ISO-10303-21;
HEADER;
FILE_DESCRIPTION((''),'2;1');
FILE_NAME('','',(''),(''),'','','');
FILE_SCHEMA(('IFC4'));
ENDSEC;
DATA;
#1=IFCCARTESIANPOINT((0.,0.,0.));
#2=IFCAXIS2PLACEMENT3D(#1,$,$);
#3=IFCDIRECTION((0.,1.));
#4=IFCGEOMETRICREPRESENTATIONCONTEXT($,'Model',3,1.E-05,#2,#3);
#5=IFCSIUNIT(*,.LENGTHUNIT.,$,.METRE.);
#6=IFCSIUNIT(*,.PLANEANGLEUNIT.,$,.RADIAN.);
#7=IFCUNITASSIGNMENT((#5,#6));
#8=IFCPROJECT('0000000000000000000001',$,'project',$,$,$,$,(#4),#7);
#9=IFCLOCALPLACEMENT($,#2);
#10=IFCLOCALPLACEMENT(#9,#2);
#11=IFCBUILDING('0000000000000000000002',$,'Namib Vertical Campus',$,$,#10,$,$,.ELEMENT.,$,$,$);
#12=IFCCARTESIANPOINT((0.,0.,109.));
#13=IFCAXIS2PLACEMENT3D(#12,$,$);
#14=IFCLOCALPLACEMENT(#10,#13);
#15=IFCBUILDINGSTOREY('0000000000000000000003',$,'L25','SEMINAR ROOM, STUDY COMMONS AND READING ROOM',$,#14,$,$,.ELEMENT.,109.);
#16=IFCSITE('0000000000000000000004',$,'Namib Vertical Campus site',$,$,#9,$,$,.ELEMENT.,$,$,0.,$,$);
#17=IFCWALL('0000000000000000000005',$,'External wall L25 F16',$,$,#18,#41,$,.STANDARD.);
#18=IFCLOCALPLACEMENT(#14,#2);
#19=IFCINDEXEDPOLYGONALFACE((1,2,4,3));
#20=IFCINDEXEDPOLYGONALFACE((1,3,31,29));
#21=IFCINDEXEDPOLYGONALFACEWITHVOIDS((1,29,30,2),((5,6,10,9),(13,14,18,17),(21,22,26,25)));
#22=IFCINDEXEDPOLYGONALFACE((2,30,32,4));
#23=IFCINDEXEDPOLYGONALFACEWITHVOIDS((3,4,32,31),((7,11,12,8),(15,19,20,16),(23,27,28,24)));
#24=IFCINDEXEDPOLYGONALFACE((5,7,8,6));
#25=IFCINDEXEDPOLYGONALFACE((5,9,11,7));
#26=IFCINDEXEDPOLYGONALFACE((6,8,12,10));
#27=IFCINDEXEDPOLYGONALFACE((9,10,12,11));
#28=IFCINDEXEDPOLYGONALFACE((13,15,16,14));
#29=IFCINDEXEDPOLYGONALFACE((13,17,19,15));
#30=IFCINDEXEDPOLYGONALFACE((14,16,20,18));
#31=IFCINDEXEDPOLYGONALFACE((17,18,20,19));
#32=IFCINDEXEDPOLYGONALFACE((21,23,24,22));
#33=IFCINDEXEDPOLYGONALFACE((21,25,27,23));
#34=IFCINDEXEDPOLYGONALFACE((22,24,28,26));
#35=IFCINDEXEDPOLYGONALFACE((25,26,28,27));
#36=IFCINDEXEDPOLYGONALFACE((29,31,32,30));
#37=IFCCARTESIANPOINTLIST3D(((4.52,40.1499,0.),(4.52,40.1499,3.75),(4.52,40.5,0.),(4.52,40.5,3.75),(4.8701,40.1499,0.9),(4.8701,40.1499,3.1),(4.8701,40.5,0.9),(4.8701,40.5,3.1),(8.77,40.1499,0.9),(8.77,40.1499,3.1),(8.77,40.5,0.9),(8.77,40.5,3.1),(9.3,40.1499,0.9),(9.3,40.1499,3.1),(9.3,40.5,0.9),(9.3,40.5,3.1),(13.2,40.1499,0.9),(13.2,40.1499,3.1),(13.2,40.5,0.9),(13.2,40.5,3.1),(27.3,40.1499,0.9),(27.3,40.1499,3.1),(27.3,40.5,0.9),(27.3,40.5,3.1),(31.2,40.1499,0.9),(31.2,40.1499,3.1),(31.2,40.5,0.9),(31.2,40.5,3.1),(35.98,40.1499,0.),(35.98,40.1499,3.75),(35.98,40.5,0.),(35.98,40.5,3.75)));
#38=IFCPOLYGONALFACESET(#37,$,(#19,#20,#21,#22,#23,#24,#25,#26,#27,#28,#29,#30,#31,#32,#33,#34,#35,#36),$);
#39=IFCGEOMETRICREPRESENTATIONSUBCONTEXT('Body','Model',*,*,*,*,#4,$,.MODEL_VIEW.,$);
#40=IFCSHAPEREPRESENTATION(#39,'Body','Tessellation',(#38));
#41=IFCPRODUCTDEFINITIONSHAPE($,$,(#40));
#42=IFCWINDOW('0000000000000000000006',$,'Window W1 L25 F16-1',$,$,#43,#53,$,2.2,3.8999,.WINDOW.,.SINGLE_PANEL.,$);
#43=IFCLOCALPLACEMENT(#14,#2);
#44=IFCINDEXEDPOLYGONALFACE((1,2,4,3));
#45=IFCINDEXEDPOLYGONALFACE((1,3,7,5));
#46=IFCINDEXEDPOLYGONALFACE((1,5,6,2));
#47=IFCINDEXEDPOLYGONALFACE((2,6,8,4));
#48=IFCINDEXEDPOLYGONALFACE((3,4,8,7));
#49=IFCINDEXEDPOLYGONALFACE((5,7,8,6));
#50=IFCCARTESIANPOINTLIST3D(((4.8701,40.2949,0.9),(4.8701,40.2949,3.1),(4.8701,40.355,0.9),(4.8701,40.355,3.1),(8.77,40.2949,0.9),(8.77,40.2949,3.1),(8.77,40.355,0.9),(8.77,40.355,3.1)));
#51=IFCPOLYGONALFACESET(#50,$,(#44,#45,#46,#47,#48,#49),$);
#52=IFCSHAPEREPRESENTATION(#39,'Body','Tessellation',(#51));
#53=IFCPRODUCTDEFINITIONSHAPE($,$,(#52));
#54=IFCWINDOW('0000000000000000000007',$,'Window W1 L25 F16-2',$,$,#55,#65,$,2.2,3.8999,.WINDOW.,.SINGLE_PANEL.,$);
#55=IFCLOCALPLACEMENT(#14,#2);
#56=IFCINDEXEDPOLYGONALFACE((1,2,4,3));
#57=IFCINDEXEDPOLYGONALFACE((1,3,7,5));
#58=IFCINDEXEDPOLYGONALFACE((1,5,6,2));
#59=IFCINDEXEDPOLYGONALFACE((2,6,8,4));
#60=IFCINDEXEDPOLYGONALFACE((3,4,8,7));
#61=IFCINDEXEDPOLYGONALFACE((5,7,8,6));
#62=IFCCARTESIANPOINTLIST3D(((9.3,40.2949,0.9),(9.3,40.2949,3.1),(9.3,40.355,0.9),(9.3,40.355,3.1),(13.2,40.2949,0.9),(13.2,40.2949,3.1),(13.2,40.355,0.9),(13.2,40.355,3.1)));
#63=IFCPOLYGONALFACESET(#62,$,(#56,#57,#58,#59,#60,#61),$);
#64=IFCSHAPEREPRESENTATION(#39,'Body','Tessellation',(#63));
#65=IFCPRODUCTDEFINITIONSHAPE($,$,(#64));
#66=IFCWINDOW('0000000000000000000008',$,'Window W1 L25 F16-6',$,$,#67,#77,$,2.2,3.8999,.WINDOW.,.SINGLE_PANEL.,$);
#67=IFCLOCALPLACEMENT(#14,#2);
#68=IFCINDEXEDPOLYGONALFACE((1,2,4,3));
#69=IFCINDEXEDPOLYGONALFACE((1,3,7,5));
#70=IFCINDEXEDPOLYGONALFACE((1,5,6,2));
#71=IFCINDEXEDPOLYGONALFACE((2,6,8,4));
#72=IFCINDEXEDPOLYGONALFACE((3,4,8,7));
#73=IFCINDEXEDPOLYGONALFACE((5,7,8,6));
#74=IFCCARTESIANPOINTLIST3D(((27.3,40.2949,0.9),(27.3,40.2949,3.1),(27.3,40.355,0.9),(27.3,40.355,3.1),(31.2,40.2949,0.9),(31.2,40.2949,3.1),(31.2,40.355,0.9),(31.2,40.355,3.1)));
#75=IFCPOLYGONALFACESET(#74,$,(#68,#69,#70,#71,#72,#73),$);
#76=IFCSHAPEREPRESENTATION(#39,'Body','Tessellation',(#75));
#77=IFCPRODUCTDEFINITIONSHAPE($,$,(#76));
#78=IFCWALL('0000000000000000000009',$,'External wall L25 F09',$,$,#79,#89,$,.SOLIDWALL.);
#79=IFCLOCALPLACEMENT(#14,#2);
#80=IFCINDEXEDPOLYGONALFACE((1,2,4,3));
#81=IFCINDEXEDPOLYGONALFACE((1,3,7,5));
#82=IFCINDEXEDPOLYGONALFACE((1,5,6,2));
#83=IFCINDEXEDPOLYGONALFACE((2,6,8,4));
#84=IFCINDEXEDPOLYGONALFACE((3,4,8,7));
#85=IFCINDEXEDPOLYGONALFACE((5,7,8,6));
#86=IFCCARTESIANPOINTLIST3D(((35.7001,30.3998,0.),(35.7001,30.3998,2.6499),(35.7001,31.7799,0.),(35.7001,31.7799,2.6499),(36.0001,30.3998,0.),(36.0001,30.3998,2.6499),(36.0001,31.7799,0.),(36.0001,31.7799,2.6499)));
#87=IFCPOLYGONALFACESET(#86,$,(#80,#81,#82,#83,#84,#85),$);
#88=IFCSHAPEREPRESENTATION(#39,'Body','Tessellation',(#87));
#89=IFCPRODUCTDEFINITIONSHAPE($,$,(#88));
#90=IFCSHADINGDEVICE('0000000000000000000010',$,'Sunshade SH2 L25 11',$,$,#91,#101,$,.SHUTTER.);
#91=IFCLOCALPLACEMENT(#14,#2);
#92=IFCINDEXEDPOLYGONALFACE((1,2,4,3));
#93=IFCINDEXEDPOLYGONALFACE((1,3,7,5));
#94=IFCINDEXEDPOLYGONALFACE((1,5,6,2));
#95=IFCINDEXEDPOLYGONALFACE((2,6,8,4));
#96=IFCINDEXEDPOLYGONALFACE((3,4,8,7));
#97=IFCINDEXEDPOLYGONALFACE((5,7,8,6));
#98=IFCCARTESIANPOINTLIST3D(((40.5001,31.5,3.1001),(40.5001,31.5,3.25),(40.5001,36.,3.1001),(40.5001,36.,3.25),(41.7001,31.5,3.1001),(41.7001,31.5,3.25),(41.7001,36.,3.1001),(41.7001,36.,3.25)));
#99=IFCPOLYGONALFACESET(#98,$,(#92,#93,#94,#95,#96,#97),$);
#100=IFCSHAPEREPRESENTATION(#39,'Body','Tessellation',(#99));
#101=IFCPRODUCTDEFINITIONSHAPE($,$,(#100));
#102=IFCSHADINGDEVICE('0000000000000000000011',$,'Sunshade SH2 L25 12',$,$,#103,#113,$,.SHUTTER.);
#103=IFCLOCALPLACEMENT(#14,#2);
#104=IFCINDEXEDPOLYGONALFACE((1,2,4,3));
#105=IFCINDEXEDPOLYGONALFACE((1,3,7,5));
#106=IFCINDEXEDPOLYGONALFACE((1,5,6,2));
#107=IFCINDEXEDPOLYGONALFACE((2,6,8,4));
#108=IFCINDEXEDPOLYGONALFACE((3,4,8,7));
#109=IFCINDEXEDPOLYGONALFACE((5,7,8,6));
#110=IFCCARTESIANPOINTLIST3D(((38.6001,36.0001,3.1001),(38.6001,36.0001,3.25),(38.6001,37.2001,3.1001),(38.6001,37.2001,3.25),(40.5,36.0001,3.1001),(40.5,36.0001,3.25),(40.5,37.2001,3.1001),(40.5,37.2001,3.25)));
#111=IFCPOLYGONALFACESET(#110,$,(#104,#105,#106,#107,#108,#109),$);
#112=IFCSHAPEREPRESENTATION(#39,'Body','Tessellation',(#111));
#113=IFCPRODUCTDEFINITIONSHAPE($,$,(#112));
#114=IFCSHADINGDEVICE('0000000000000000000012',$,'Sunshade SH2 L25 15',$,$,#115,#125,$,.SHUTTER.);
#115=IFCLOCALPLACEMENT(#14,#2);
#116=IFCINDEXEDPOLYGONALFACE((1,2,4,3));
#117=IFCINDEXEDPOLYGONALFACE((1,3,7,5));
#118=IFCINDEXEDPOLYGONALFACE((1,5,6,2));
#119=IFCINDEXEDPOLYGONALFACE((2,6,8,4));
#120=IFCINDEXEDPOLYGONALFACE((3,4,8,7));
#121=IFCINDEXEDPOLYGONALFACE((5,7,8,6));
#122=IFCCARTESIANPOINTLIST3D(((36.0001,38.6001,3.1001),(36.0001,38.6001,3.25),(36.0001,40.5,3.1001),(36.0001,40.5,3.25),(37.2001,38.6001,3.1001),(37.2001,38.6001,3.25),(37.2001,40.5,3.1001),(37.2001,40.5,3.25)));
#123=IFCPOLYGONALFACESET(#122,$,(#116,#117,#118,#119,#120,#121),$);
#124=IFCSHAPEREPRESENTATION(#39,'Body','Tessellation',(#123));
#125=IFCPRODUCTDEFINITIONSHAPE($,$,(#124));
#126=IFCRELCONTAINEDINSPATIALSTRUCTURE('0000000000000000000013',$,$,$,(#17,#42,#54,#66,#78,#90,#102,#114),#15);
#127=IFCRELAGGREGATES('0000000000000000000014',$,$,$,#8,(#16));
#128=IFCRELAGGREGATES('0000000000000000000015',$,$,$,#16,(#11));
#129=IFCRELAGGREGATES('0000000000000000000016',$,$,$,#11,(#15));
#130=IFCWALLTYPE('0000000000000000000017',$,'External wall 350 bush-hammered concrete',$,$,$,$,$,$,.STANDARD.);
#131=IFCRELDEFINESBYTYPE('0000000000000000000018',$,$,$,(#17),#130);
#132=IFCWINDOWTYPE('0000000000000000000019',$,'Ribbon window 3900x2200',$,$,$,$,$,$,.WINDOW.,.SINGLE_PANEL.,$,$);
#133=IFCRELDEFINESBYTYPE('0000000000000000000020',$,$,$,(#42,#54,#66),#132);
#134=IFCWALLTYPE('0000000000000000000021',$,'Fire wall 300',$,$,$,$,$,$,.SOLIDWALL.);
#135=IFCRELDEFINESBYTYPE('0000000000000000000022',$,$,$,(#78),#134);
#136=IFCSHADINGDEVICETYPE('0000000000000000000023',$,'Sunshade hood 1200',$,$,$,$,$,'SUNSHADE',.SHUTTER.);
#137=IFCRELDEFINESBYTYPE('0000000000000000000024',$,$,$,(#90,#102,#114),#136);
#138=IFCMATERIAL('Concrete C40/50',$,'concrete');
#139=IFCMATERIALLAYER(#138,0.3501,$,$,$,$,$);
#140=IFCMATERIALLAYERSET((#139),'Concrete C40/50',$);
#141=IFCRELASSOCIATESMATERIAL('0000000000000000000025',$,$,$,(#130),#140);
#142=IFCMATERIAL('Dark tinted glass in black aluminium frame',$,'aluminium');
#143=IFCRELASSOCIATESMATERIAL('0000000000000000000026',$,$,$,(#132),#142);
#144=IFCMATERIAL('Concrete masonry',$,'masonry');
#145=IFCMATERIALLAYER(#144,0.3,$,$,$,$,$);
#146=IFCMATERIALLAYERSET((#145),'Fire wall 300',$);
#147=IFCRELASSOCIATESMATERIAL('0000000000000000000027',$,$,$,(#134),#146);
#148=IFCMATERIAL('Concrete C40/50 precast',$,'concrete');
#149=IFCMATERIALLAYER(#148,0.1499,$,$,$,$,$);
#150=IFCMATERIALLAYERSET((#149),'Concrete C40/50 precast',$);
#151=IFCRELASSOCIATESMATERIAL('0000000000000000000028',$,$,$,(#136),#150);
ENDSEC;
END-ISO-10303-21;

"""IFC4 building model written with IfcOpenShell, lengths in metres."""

from ifc_helpers import new_model, si_unit, direction, frame, frame_2d, origin, origin_2d, place, context, subcontext, project, spatial, rectangle, extrude, material, layer, layer_set, type_object, element, fill, save


model = new_model("IFC4")

# Units and contexts
model_context = context("Model", 3, precision=1e-05, world=origin(), true_north=direction((0.0, 1.0)))
body_context = subcontext(model_context, "Body", "Model", "MODEL_VIEW")
ifc_project = project(units=[si_unit("LENGTHUNIT", "METRE"), si_unit("PLANEANGLEUNIT", "RADIAN")], contexts=[model_context])

# Site, building, storey
site_placement = place(None, origin())
site = spatial("IfcSite", under=ifc_project, at=site_placement, Name="Namib Vertical Campus site", CompositionType="ELEMENT", RefElevation=0.0)
building_placement = place(site_placement, origin())
building = spatial("IfcBuilding", under=site, at=building_placement, Name="Namib Vertical Campus", CompositionType="ELEMENT")
storey_placement = place(building_placement, frame((0.0, 0.0, 109.0)))
storey = spatial("IfcBuildingStorey", under=building, at=storey_placement, Name="L25", Description="SEMINAR ROOM, STUDY COMMONS AND READING ROOM", CompositionType="ELEMENT", Elevation=109.0)

# Shared definitions
ifc_material_1 = material(Name="Concrete C40/50", Category="concrete")
ifc_layer_1 = layer(ifc_material_1, 0.3501)
ifc_layer_set_1 = layer_set([ifc_layer_1], Name="Concrete C40/50")
wall_type_1 = type_object("IfcWallType", Name="External wall 350 bush-hammered concrete", PredefinedType="STANDARD", material=ifc_layer_set_1)

# Wall, openings, windows
wall_1_placement = place(storey_placement, frame((35.98, 40.325, 0.0), z_axis=(0.0, 0.0, 1.0), x_axis=(-1.0, 0.0, 0.0)))
wall_1 = element("IfcWall", 1, at=wall_1_placement, inside=storey, type_object=wall_type_1, Name="External wall L25 F16", PredefinedType="STANDARD", context=body_context, shape_type="SweptSolid", body=[
    extrude(rectangle(XDim=31.46, YDim=0.3501, at=frame_2d((15.73, 0.0))), origin(), (0.0, 0.0, 1.0), 3.75),
])
opening_1_placement = place(wall_1_placement, frame((27.21, 0.0, 0.8999)))
opening_1 = element("IfcOpeningElement", 2, at=opening_1_placement, cuts=wall_1, PredefinedType="OPENING", context=body_context, shape_type="SweptSolid", body=[
    extrude(rectangle(XDim=3.8999, YDim=2.2, at=frame_2d((1.95, 1.1001))), frame((0.0, 0.1851, 0.0), z_axis=(0.0, -1.0, 0.0), x_axis=(1.0, 0.0, 0.0)), (0.0, 0.0, 1.0), 0.3701),
])
opening_2_placement = place(wall_1_placement, frame((22.78, 0.0, 0.8999)))
opening_2 = element("IfcOpeningElement", 3, at=opening_2_placement, cuts=wall_1, PredefinedType="OPENING", context=body_context, shape_type="SweptSolid", body=[
    extrude(rectangle(XDim=3.8999, YDim=2.2, at=frame_2d((1.95, 1.1001))), frame((0.0, 0.1851, 0.0), z_axis=(0.0, -1.0, 0.0), x_axis=(1.0, 0.0, 0.0)), (0.0, 0.0, 1.0), 0.3701),
])
opening_3_placement = place(wall_1_placement, frame((4.78, 0.0, 0.8999)))
opening_3 = element("IfcOpeningElement", 4, at=opening_3_placement, cuts=wall_1, PredefinedType="OPENING", context=body_context, shape_type="SweptSolid", body=[
    extrude(rectangle(XDim=3.8999, YDim=2.2, at=frame_2d((1.95, 1.1001))), frame((0.0, 0.1851, 0.0), z_axis=(0.0, -1.0, 0.0), x_axis=(1.0, 0.0, 0.0)), (0.0, 0.0, 1.0), 0.3701),
])
ifc_material_2 = material(Name="Dark tinted glass in black aluminium frame", Category="aluminium")
window_type = type_object("IfcWindowType", Name="Ribbon window 3900x2200", PartitioningType="SINGLE_PANEL", PredefinedType="WINDOW", material=ifc_material_2)
window_1_placement = place(opening_1_placement, origin())
window_1 = element("IfcWindow", 5, at=window_1_placement, inside=storey, type_object=window_type, Name="Window W1 L25 F16-1", OverallHeight=2.2, OverallWidth=3.8999, PartitioningType="SINGLE_PANEL", PredefinedType="WINDOW", context=body_context, shape_type="SweptSolid", body=[
    extrude(rectangle(XDim=3.8999, YDim=2.2, at=frame_2d((1.95, 1.1001))), frame((0.0, 0.03, 0.0), z_axis=(0.0, -1.0, 0.0), x_axis=(1.0, 0.0, 0.0)), (0.0, 0.0, 1.0), 0.0601),
])
fill(opening_1, window_1)
window_2_placement = place(opening_2_placement, origin())
window_2 = element("IfcWindow", 6, at=window_2_placement, inside=storey, type_object=window_type, Name="Window W1 L25 F16-2", OverallHeight=2.2, OverallWidth=3.8999, PartitioningType="SINGLE_PANEL", PredefinedType="WINDOW", context=body_context, shape_type="SweptSolid", body=[
    extrude(rectangle(XDim=3.8999, YDim=2.2, at=frame_2d((1.95, 1.1001))), frame((0.0, 0.03, 0.0), z_axis=(0.0, -1.0, 0.0), x_axis=(1.0, 0.0, 0.0)), (0.0, 0.0, 1.0), 0.0601),
])
fill(opening_2, window_2)
window_3_placement = place(opening_3_placement, origin())
window_3 = element("IfcWindow", 7, at=window_3_placement, inside=storey, type_object=window_type, Name="Window W1 L25 F16-6", OverallHeight=2.2, OverallWidth=3.8999, PartitioningType="SINGLE_PANEL", PredefinedType="WINDOW", context=body_context, shape_type="SweptSolid", body=[
    extrude(rectangle(XDim=3.8999, YDim=2.2, at=frame_2d((1.95, 1.1001))), frame((0.0, 0.03, 0.0), z_axis=(0.0, -1.0, 0.0), x_axis=(1.0, 0.0, 0.0)), (0.0, 0.0, 1.0), 0.0601),
])
fill(opening_3, window_3)

# Wall
ifc_material_3 = material(Name="Concrete masonry", Category="masonry")
ifc_layer_2 = layer(ifc_material_3, 0.3)
ifc_layer_set_2 = layer_set([ifc_layer_2], Name="Fire wall 300")
wall_type_2 = type_object("IfcWallType", Name="Fire wall 300", PredefinedType="SOLIDWALL", material=ifc_layer_set_2)
wall_2_placement = place(storey_placement, frame((35.8501, 30.3999, 0.0), z_axis=(0.0, 0.0, 1.0), x_axis=(0.0, 1.0, 0.0)))
element("IfcWall", 8, at=wall_2_placement, inside=storey, type_object=wall_type_2, Name="External wall L25 F09", PredefinedType="SOLIDWALL", context=body_context, shape_type="SweptSolid", body=[
    extrude(rectangle(XDim=1.3801, YDim=0.3, at=frame_2d((0.6899, 0.0))), origin(), (0.0, 0.0, 1.0), 2.6499),
])

# Shading devices
ifc_material_4 = material(Name="Concrete C40/50 precast", Category="concrete")
ifc_layer_3 = layer(ifc_material_4, 0.1499)
ifc_layer_set_3 = layer_set([ifc_layer_3], Name="Concrete C40/50 precast")
shading_device_type = type_object("IfcShadingDeviceType", Name="Sunshade hood 1200", ElementType="SUNSHADE", PredefinedType="SHUTTER", material=ifc_layer_set_3)
shading_device_placement = place(storey_placement, frame((41.1001, 33.75, 3.1001), z_axis=(0.0, 0.0, 1.0), x_axis=(0.0, 1.0, 0.0)))
element("IfcShadingDevice", 9, at=shading_device_placement, inside=storey, type_object=shading_device_type, Name="Sunshade SH2 L25 11", PredefinedType="SHUTTER", context=body_context, shape_type="SweptSolid", body=[
    extrude(rectangle(XDim=4.5, YDim=1.2, at=origin_2d()), origin(), (0.0, 0.0, 1.0), 0.1499),
])
for number, where, z_axis, x_axis, name in (
    (10, (39.55, 36.6001, 3.1001), (0.0, 0.0, 1.0), (-1.0, 0.0, 0.0), "Sunshade SH2 L25 12"),
    (11, (36.6001, 39.55, 3.1001), (0.0, 0.0, 1.0), (0.0, 1.0, 0.0), "Sunshade SH2 L25 15"),
):
    element("IfcShadingDevice", number, at=place(storey_placement, frame(where, z_axis=z_axis, x_axis=x_axis)), inside=storey, type_object=shading_device_type, Name=name, PredefinedType="SHUTTER", context=body_context, shape_type="SweptSolid", body=[
        extrude(rectangle(XDim=1.8999, YDim=1.2, at=origin_2d()), origin(), (0.0, 0.0, 1.0), 0.1499),
    ])

save(model, "model.ifc")
